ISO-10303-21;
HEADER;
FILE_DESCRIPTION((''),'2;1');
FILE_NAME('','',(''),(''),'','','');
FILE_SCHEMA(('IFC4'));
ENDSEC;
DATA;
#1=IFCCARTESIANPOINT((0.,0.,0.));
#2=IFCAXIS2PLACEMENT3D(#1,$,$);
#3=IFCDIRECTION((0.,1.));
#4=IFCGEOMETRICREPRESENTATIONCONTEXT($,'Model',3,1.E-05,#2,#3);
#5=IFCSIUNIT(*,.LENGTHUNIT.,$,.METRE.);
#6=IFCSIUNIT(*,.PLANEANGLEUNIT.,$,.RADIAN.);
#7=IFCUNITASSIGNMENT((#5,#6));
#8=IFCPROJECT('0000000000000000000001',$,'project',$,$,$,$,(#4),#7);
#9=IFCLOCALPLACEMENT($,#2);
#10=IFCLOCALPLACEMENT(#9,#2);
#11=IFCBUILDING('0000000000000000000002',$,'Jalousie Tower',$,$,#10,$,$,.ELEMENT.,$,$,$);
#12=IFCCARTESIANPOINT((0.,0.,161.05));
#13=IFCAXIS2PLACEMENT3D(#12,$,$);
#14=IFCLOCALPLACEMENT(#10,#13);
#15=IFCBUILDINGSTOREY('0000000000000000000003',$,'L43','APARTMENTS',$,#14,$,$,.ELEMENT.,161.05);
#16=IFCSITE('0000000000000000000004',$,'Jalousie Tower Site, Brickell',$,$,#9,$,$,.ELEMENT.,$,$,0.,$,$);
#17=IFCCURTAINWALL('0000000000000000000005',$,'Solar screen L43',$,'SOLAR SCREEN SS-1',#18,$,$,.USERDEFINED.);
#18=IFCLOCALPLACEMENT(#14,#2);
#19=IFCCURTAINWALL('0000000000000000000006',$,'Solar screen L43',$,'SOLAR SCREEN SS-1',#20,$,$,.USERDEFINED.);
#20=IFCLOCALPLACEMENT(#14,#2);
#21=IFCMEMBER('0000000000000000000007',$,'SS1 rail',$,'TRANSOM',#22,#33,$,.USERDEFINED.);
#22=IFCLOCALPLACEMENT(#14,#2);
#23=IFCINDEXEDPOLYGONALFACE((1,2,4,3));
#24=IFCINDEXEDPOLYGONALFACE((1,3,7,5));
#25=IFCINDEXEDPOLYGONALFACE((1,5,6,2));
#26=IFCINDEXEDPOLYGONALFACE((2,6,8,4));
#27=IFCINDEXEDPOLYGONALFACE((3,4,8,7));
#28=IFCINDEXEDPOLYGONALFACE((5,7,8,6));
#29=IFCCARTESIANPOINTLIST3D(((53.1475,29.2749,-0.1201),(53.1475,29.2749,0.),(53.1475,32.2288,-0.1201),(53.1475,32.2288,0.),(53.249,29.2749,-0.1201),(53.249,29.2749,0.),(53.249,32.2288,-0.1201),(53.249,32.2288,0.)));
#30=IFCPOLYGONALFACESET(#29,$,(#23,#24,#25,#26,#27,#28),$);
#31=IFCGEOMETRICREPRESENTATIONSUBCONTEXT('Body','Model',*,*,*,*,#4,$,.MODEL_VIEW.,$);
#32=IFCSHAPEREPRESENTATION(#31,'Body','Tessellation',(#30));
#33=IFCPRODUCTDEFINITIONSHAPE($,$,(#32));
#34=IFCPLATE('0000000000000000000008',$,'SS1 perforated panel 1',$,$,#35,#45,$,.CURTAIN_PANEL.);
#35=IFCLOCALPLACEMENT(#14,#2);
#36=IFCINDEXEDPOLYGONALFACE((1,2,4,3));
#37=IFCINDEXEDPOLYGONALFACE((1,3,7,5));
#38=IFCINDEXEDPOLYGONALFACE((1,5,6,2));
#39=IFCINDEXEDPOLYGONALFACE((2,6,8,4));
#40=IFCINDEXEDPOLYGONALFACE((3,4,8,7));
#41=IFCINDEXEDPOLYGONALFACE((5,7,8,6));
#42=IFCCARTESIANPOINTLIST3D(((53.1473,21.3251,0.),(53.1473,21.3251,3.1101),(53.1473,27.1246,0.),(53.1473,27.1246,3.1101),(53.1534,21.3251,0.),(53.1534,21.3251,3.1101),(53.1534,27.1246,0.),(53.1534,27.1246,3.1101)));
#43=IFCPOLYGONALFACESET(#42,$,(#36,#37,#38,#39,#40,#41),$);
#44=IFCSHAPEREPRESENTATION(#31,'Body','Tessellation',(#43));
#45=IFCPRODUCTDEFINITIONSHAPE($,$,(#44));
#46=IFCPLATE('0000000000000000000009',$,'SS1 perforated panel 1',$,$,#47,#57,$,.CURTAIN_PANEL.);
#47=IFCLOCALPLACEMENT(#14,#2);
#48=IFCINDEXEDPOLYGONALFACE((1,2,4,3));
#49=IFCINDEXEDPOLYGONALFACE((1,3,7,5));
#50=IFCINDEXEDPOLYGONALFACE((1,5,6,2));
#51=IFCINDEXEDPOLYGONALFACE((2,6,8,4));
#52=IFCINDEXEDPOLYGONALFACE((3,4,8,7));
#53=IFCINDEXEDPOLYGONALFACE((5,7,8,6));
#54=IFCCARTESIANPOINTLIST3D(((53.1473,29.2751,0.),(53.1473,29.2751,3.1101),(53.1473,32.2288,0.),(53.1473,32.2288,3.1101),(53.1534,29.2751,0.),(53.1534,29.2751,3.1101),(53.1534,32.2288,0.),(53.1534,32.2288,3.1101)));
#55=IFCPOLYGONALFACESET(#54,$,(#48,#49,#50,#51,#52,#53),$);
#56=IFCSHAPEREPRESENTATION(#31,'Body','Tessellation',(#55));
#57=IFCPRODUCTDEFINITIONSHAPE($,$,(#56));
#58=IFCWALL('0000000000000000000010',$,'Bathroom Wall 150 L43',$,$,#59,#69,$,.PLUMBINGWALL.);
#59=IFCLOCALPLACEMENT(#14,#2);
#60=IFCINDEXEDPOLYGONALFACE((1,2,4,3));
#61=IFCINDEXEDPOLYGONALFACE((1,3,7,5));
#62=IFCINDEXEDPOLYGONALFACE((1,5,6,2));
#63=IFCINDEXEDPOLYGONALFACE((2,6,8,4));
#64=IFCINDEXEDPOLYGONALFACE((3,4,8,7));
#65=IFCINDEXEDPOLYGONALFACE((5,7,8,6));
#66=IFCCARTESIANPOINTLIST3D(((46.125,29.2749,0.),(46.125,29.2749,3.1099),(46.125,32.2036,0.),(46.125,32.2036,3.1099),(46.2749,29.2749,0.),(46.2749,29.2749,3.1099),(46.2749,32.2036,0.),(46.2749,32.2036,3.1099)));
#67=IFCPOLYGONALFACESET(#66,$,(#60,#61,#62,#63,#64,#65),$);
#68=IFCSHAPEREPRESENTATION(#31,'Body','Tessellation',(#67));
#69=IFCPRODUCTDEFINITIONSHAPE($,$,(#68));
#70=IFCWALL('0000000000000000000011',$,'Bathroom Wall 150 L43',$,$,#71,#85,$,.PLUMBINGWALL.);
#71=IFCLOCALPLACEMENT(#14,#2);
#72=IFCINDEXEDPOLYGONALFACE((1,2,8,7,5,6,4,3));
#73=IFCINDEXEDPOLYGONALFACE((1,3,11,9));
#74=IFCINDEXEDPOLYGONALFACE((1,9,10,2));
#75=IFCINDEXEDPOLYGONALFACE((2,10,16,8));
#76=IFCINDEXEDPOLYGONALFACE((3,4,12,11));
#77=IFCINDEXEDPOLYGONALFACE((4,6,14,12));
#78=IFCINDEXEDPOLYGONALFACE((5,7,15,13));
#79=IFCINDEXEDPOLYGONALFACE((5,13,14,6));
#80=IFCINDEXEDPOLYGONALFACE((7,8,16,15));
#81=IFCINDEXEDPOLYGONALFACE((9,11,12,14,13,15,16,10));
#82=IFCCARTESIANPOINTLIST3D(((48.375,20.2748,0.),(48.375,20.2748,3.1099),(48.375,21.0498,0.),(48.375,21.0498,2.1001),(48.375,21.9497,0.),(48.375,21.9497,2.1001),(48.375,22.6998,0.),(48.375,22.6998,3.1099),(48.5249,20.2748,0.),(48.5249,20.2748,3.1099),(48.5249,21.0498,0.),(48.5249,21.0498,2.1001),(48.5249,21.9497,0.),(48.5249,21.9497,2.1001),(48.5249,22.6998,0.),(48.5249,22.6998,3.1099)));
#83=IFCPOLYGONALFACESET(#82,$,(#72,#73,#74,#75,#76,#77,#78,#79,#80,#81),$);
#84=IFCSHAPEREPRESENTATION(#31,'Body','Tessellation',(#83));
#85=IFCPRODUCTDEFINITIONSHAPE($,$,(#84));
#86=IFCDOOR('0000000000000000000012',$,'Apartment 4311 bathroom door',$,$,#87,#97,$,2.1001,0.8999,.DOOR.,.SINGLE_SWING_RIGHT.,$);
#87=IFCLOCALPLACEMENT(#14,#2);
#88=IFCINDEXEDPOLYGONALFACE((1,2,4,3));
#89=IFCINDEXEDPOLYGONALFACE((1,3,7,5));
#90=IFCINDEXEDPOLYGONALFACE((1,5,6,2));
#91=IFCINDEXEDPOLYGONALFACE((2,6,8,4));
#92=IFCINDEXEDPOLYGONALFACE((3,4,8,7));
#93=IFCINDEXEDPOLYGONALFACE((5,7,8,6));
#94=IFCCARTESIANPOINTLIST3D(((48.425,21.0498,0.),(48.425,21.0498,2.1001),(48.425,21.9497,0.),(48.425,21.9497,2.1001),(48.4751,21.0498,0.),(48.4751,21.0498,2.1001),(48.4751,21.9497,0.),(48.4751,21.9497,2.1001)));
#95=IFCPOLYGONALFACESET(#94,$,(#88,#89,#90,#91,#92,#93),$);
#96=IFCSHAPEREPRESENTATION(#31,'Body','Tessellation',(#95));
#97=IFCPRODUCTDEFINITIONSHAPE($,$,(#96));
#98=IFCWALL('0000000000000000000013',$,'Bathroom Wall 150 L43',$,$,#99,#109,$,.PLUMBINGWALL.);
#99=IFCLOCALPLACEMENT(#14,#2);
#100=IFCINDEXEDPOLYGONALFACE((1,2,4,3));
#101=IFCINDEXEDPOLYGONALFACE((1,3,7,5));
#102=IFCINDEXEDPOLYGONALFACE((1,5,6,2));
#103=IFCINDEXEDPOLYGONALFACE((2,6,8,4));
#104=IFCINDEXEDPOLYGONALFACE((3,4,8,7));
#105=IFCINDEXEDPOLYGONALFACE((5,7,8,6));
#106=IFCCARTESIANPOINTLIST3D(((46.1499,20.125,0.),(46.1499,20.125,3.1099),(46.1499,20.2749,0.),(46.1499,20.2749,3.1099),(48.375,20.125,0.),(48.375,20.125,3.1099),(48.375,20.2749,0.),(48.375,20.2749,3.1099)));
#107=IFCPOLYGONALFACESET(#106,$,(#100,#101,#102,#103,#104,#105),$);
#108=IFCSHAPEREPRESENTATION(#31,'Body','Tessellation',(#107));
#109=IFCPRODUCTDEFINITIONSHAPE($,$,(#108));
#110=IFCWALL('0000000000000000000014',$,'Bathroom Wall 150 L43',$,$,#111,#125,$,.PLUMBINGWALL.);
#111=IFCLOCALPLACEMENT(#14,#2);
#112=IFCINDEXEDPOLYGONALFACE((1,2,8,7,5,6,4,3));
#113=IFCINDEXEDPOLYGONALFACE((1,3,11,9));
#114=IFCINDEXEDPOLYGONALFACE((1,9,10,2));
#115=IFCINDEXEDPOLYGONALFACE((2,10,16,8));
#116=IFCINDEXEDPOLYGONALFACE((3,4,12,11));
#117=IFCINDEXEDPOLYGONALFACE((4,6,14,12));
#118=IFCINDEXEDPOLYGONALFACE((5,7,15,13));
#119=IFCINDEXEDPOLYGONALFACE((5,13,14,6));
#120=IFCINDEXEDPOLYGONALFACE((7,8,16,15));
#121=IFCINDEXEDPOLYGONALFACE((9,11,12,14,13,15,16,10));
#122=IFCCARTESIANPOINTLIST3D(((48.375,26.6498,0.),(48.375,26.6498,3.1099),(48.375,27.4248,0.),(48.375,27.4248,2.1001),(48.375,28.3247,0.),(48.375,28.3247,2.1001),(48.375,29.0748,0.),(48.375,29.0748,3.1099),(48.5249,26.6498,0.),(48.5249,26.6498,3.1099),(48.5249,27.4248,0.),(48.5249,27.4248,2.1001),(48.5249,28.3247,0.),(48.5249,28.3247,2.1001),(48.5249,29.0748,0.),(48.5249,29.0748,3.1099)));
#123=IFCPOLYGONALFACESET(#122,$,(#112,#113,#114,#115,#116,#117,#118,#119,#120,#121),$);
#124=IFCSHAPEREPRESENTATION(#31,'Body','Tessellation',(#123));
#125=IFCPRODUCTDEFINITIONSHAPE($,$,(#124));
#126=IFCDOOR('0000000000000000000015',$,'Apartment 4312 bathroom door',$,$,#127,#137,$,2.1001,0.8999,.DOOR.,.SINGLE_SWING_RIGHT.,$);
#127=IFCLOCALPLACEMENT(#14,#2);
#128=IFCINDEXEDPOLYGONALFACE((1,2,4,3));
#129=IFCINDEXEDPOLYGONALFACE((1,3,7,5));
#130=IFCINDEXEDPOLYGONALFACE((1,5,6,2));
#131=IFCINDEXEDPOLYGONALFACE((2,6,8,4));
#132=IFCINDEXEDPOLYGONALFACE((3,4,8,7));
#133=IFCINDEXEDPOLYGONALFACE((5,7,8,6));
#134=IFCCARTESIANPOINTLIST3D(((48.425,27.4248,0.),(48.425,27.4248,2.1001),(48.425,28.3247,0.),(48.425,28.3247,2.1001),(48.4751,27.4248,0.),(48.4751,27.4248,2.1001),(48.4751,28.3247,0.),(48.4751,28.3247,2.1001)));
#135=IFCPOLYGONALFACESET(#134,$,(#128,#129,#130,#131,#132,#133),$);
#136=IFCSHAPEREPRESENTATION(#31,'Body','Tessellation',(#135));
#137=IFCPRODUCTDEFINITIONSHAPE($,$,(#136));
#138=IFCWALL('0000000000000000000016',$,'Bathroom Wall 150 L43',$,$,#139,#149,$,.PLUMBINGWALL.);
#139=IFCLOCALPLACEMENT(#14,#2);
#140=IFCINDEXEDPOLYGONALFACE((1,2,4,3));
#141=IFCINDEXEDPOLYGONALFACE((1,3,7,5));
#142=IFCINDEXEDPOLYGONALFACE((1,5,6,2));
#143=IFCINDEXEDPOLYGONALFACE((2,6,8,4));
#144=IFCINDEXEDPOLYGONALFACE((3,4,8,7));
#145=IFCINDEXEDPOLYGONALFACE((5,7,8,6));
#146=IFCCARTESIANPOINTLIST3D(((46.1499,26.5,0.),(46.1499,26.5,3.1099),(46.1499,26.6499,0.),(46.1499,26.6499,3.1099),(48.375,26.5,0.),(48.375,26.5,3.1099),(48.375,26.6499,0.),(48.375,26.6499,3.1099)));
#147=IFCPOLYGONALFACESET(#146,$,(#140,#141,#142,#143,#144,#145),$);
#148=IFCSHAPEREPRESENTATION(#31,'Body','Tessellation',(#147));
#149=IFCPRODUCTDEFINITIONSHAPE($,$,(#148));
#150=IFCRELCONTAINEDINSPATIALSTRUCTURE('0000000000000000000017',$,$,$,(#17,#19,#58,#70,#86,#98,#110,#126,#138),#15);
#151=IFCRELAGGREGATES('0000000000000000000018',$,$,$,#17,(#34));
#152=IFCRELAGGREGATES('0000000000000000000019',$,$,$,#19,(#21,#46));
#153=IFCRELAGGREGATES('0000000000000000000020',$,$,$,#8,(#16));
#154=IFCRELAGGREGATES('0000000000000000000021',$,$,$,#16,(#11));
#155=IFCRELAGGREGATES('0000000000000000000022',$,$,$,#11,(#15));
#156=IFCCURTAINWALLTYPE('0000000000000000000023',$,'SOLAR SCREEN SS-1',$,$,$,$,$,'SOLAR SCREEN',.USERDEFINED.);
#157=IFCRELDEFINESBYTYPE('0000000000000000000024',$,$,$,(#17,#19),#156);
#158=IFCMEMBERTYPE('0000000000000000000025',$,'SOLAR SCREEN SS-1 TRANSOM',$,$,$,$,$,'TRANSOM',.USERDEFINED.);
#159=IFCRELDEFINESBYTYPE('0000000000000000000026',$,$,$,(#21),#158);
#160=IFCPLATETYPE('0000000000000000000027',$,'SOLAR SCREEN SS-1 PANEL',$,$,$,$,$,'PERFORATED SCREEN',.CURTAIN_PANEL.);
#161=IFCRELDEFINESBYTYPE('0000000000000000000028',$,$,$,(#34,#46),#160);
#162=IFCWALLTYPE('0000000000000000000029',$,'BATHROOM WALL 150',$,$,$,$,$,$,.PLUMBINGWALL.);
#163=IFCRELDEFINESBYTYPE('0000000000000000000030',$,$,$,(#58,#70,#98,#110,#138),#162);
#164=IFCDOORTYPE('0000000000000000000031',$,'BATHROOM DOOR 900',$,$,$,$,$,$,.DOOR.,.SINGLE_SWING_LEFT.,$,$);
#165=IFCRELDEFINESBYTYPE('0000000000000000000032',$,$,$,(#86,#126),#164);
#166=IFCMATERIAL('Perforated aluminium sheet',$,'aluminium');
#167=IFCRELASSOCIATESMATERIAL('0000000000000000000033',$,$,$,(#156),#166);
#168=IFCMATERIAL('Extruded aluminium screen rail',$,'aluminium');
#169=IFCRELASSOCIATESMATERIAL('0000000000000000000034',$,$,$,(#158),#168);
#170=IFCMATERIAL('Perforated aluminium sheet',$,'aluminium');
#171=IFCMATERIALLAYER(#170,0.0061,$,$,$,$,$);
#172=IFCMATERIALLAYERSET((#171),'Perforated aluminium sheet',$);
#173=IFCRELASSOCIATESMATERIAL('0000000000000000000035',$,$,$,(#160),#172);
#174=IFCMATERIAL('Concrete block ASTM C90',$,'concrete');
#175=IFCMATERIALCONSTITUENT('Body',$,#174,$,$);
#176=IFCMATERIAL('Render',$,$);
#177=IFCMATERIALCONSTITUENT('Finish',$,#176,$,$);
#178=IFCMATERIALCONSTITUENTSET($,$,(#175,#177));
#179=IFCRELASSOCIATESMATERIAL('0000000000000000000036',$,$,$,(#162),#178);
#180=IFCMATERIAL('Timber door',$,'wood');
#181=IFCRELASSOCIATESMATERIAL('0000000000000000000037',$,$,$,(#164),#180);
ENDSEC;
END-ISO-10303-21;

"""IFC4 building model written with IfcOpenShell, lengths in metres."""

from ifc_helpers import new_model, si_unit, direction, frame, frame_2d, origin, origin_2d, place, context, subcontext, project, spatial, rectangle, extrude, material, layer, layer_set, constituent, constituent_set, material_profile, profile_set, type_object, element, fill, aggregate, save


model = new_model("IFC4")

# Units and contexts
model_context = context("Model", 3, precision=1e-05, world=origin(), true_north=direction((0.0, 1.0)))
body_context = subcontext(model_context, "Body", "Model", "MODEL_VIEW")
ifc_project = project(units=[si_unit("LENGTHUNIT", "METRE"), si_unit("PLANEANGLEUNIT", "RADIAN")], contexts=[model_context])

# Site, building, storey
site_placement = place(None, origin())
site = spatial("IfcSite", under=ifc_project, at=site_placement, Name="Jalousie Tower Site, Brickell", CompositionType="ELEMENT", RefElevation=0.0)
building_placement = place(site_placement, origin())
building = spatial("IfcBuilding", under=site, at=building_placement, Name="Jalousie Tower", CompositionType="ELEMENT")
storey_placement = place(building_placement, frame((0.0, 0.0, 161.05)))
storey = spatial("IfcBuildingStorey", under=building, at=storey_placement, Name="L43", Description="APARTMENTS", CompositionType="ELEMENT", Elevation=161.05)

# Curtain wall
ifc_material_1 = material(Name="Perforated aluminium sheet", Category="aluminium")
curtain_wall_type = type_object("IfcCurtainWallType", Name="SOLAR SCREEN SS-1", ElementType="SOLAR SCREEN", PredefinedType="USERDEFINED", material=ifc_material_1)
curtain_wall_1_placement = place(storey_placement, origin())
curtain_wall_1 = element("IfcCurtainWall", 1, at=curtain_wall_1_placement, inside=storey, type_object=curtain_wall_type, Name="Solar screen L43", ObjectType="SOLAR SCREEN SS-1", PredefinedType="USERDEFINED")

# Curtain wall
curtain_wall_2_placement = place(storey_placement, origin())
curtain_wall_2 = element("IfcCurtainWall", 2, at=curtain_wall_2_placement, inside=storey, type_object=curtain_wall_type, Name="Solar screen L43", ObjectType="SOLAR SCREEN SS-1", PredefinedType="USERDEFINED")

# Member
ifc_material_2 = material(Name="Extruded aluminium screen rail", Category="aluminium")
ifc_material_profile_1 = material_profile(ifc_material_2, rectangle(XDim=0.1016, YDim=0.1201, at=origin_2d()), Name="RAIL 102x120")
ifc_profile_set_1 = profile_set([ifc_material_profile_1], Name="Extruded aluminium screen rail")
member_type_1 = type_object("IfcMemberType", Name="SOLAR SCREEN SS-1 TRANSOM", ElementType="TRANSOM", PredefinedType="USERDEFINED", material=ifc_profile_set_1)
member_1_placement = place(storey_placement, frame((53.1982, 29.2749, -0.0601), z_axis=(0.0, 1.0, 0.0), x_axis=(-1.0, 0.0, 0.0)))
member_1 = element("IfcMember", 3, at=member_1_placement, type_object=member_type_1, Name="SS1 rail", ObjectType="TRANSOM", PredefinedType="USERDEFINED", context=body_context, shape_type="SweptSolid", body=[
    extrude(rectangle(XDim=0.1016, YDim=0.1201, at=origin_2d()), origin(), (0.0, 0.0, 1.0), 2.9539),
])

# Plates
ifc_material_3 = material(Name="Perforated aluminium sheet", Category="aluminium")
ifc_layer_1 = layer(ifc_material_3, 0.0061)
ifc_layer_set_1 = layer_set([ifc_layer_1], Name="Perforated aluminium sheet")
plate_type = type_object("IfcPlateType", Name="SOLAR SCREEN SS-1 PANEL", ElementType="PERFORATED SCREEN", PredefinedType="CURTAIN_PANEL", material=ifc_layer_set_1)
plate_1_placement = place(storey_placement, frame((53.1504, 24.2249, 0.0), z_axis=(0.0, 0.0, 1.0), x_axis=(0.0, 1.0, 0.0)))
plate_1 = element("IfcPlate", 4, at=plate_1_placement, type_object=plate_type, Name="SS1 perforated panel 1", PredefinedType="CURTAIN_PANEL", context=body_context, shape_type="SweptSolid", body=[
    extrude(rectangle(XDim=5.7996, YDim=0.0061, at=origin_2d()), origin(), (0.0, 0.0, 1.0), 3.1101),
])
aggregate(curtain_wall_1, [plate_1])
plate_2_placement = place(storey_placement, frame((53.1504, 30.752, 0.0), z_axis=(0.0, 0.0, 1.0), x_axis=(0.0, 1.0, 0.0)))
plate_2 = element("IfcPlate", 5, at=plate_2_placement, type_object=plate_type, Name="SS1 perforated panel 1", PredefinedType="CURTAIN_PANEL", context=body_context, shape_type="SweptSolid", body=[
    extrude(rectangle(XDim=2.9536, YDim=0.0061, at=origin_2d()), origin(), (0.0, 0.0, 1.0), 3.1101),
])
aggregate(curtain_wall_2, [member_1, plate_2])

# Wall
ifc_material_4 = material(Name="Concrete block ASTM C90", Category="concrete")
ifc_constituent_1 = constituent(ifc_material_4, Name="Body")
ifc_material_5 = material(Name="Render")
ifc_constituent_2 = constituent(ifc_material_5, Name="Finish")
ifc_constituent_set_1 = constituent_set(constituents=[ifc_constituent_1, ifc_constituent_2])
wall_type_1 = type_object("IfcWallType", Name="BATHROOM WALL 150", PredefinedType="PLUMBINGWALL", material=ifc_constituent_set_1)
wall_1_placement = place(storey_placement, frame((46.2, 32.2036, 0.0), z_axis=(0.0, 0.0, 1.0), x_axis=(0.0, -1.0, 0.0)))
element("IfcWall", 6, at=wall_1_placement, inside=storey, type_object=wall_type_1, Name="Bathroom Wall 150 L43", PredefinedType="PLUMBINGWALL", context=body_context, shape_type="SweptSolid", body=[
    extrude(rectangle(XDim=2.9287, YDim=0.1499, at=frame_2d((1.4644, 0.0))), origin(), (0.0, 0.0, 1.0), 3.1099),
])

# Wall, opening, door
wall_2_placement = place(storey_placement, frame((48.45, 20.2749, 0.0), z_axis=(0.0, 0.0, 1.0), x_axis=(0.0, 1.0, 0.0)))
wall_2 = element("IfcWall", 7, at=wall_2_placement, inside=storey, type_object=wall_type_1, Name="Bathroom Wall 150 L43", PredefinedType="PLUMBINGWALL", context=body_context, shape_type="SweptSolid", body=[
    extrude(rectangle(XDim=2.425, YDim=0.1499, at=frame_2d((1.2124, 0.0))), origin(), (0.0, 0.0, 1.0), 3.1099),
])
opening_1_placement = place(wall_2_placement, frame((0.7749, 0.0, 0.0)))
opening_1 = element("IfcOpeningElement", 8, at=opening_1_placement, cuts=wall_2, PredefinedType="OPENING", context=body_context, shape_type="SweptSolid", body=[
    extrude(rectangle(XDim=0.8999, YDim=2.1001, at=frame_2d((0.45, 1.05))), frame((0.0, 0.085, 0.0), z_axis=(0.0, -1.0, 0.0), x_axis=(1.0, 0.0, 0.0)), (0.0, 0.0, 1.0), 0.1699),
])
ifc_material_6 = material(Name="Timber door", Category="wood")
door_type_1 = type_object("IfcDoorType", Name="BATHROOM DOOR 900", OperationType="SINGLE_SWING_LEFT", PredefinedType="DOOR", material=ifc_material_6)
door_1_placement = place(opening_1_placement, origin())
door_1 = element("IfcDoor", 9, at=door_1_placement, inside=storey, type_object=door_type_1, Name="Apartment 4311 bathroom door", OperationType="SINGLE_SWING_RIGHT", OverallHeight=2.1001, OverallWidth=0.8999, PredefinedType="DOOR", context=body_context, shape_type="SweptSolid", body=[
    extrude(rectangle(XDim=0.8999, YDim=2.1001, at=frame_2d((0.45, 1.05))), frame((0.0, 0.0249, 0.0), z_axis=(0.0, -1.0, 0.0), x_axis=(1.0, 0.0, 0.0)), (0.0, 0.0, 1.0), 0.05),
])
fill(opening_1, door_1)

# Wall
wall_3_placement = place(storey_placement, frame((48.375, 20.2, 0.0), z_axis=(0.0, 0.0, 1.0), x_axis=(-1.0, 0.0, 0.0)))
element("IfcWall", 10, at=wall_3_placement, inside=storey, type_object=wall_type_1, Name="Bathroom Wall 150 L43", PredefinedType="PLUMBINGWALL", context=body_context, shape_type="SweptSolid", body=[
    extrude(rectangle(XDim=2.2251, YDim=0.1499, at=frame_2d((1.1125, 0.0))), origin(), (0.0, 0.0, 1.0), 3.1099),
])

# Wall, opening, door
wall_4_placement = place(storey_placement, frame((48.45, 26.6499, 0.0), z_axis=(0.0, 0.0, 1.0), x_axis=(0.0, 1.0, 0.0)))
wall_4 = element("IfcWall", 11, at=wall_4_placement, inside=storey, type_object=wall_type_1, Name="Bathroom Wall 150 L43", PredefinedType="PLUMBINGWALL", context=body_context, shape_type="SweptSolid", body=[
    extrude(rectangle(XDim=2.425, YDim=0.1499, at=frame_2d((1.2124, 0.0))), origin(), (0.0, 0.0, 1.0), 3.1099),
])
opening_2_placement = place(wall_4_placement, frame((0.7749, 0.0, 0.0)))
opening_2 = element("IfcOpeningElement", 12, at=opening_2_placement, cuts=wall_4, PredefinedType="OPENING", context=body_context, shape_type="SweptSolid", body=[
    extrude(rectangle(XDim=0.8999, YDim=2.1001, at=frame_2d((0.45, 1.05))), frame((0.0, 0.085, 0.0), z_axis=(0.0, -1.0, 0.0), x_axis=(1.0, 0.0, 0.0)), (0.0, 0.0, 1.0), 0.1699),
])
door_2_placement = place(opening_2_placement, origin())
door_2 = element("IfcDoor", 13, at=door_2_placement, inside=storey, type_object=door_type_1, Name="Apartment 4312 bathroom door", OperationType="SINGLE_SWING_RIGHT", OverallHeight=2.1001, OverallWidth=0.8999, PredefinedType="DOOR", context=body_context, shape_type="SweptSolid", body=[
    extrude(rectangle(XDim=0.8999, YDim=2.1001, at=frame_2d((0.45, 1.05))), frame((0.0, 0.0249, 0.0), z_axis=(0.0, -1.0, 0.0), x_axis=(1.0, 0.0, 0.0)), (0.0, 0.0, 1.0), 0.05),
])
fill(opening_2, door_2)

# Wall
wall_5_placement = place(storey_placement, frame((48.375, 26.575, 0.0), z_axis=(0.0, 0.0, 1.0), x_axis=(-1.0, 0.0, 0.0)))
element("IfcWall", 14, at=wall_5_placement, inside=storey, type_object=wall_type_1, Name="Bathroom Wall 150 L43", PredefinedType="PLUMBINGWALL", context=body_context, shape_type="SweptSolid", body=[
    extrude(rectangle(XDim=2.2251, YDim=0.1499, at=frame_2d((1.1125, 0.0))), origin(), (0.0, 0.0, 1.0), 3.1099),
])

save(model, "model.ifc")
